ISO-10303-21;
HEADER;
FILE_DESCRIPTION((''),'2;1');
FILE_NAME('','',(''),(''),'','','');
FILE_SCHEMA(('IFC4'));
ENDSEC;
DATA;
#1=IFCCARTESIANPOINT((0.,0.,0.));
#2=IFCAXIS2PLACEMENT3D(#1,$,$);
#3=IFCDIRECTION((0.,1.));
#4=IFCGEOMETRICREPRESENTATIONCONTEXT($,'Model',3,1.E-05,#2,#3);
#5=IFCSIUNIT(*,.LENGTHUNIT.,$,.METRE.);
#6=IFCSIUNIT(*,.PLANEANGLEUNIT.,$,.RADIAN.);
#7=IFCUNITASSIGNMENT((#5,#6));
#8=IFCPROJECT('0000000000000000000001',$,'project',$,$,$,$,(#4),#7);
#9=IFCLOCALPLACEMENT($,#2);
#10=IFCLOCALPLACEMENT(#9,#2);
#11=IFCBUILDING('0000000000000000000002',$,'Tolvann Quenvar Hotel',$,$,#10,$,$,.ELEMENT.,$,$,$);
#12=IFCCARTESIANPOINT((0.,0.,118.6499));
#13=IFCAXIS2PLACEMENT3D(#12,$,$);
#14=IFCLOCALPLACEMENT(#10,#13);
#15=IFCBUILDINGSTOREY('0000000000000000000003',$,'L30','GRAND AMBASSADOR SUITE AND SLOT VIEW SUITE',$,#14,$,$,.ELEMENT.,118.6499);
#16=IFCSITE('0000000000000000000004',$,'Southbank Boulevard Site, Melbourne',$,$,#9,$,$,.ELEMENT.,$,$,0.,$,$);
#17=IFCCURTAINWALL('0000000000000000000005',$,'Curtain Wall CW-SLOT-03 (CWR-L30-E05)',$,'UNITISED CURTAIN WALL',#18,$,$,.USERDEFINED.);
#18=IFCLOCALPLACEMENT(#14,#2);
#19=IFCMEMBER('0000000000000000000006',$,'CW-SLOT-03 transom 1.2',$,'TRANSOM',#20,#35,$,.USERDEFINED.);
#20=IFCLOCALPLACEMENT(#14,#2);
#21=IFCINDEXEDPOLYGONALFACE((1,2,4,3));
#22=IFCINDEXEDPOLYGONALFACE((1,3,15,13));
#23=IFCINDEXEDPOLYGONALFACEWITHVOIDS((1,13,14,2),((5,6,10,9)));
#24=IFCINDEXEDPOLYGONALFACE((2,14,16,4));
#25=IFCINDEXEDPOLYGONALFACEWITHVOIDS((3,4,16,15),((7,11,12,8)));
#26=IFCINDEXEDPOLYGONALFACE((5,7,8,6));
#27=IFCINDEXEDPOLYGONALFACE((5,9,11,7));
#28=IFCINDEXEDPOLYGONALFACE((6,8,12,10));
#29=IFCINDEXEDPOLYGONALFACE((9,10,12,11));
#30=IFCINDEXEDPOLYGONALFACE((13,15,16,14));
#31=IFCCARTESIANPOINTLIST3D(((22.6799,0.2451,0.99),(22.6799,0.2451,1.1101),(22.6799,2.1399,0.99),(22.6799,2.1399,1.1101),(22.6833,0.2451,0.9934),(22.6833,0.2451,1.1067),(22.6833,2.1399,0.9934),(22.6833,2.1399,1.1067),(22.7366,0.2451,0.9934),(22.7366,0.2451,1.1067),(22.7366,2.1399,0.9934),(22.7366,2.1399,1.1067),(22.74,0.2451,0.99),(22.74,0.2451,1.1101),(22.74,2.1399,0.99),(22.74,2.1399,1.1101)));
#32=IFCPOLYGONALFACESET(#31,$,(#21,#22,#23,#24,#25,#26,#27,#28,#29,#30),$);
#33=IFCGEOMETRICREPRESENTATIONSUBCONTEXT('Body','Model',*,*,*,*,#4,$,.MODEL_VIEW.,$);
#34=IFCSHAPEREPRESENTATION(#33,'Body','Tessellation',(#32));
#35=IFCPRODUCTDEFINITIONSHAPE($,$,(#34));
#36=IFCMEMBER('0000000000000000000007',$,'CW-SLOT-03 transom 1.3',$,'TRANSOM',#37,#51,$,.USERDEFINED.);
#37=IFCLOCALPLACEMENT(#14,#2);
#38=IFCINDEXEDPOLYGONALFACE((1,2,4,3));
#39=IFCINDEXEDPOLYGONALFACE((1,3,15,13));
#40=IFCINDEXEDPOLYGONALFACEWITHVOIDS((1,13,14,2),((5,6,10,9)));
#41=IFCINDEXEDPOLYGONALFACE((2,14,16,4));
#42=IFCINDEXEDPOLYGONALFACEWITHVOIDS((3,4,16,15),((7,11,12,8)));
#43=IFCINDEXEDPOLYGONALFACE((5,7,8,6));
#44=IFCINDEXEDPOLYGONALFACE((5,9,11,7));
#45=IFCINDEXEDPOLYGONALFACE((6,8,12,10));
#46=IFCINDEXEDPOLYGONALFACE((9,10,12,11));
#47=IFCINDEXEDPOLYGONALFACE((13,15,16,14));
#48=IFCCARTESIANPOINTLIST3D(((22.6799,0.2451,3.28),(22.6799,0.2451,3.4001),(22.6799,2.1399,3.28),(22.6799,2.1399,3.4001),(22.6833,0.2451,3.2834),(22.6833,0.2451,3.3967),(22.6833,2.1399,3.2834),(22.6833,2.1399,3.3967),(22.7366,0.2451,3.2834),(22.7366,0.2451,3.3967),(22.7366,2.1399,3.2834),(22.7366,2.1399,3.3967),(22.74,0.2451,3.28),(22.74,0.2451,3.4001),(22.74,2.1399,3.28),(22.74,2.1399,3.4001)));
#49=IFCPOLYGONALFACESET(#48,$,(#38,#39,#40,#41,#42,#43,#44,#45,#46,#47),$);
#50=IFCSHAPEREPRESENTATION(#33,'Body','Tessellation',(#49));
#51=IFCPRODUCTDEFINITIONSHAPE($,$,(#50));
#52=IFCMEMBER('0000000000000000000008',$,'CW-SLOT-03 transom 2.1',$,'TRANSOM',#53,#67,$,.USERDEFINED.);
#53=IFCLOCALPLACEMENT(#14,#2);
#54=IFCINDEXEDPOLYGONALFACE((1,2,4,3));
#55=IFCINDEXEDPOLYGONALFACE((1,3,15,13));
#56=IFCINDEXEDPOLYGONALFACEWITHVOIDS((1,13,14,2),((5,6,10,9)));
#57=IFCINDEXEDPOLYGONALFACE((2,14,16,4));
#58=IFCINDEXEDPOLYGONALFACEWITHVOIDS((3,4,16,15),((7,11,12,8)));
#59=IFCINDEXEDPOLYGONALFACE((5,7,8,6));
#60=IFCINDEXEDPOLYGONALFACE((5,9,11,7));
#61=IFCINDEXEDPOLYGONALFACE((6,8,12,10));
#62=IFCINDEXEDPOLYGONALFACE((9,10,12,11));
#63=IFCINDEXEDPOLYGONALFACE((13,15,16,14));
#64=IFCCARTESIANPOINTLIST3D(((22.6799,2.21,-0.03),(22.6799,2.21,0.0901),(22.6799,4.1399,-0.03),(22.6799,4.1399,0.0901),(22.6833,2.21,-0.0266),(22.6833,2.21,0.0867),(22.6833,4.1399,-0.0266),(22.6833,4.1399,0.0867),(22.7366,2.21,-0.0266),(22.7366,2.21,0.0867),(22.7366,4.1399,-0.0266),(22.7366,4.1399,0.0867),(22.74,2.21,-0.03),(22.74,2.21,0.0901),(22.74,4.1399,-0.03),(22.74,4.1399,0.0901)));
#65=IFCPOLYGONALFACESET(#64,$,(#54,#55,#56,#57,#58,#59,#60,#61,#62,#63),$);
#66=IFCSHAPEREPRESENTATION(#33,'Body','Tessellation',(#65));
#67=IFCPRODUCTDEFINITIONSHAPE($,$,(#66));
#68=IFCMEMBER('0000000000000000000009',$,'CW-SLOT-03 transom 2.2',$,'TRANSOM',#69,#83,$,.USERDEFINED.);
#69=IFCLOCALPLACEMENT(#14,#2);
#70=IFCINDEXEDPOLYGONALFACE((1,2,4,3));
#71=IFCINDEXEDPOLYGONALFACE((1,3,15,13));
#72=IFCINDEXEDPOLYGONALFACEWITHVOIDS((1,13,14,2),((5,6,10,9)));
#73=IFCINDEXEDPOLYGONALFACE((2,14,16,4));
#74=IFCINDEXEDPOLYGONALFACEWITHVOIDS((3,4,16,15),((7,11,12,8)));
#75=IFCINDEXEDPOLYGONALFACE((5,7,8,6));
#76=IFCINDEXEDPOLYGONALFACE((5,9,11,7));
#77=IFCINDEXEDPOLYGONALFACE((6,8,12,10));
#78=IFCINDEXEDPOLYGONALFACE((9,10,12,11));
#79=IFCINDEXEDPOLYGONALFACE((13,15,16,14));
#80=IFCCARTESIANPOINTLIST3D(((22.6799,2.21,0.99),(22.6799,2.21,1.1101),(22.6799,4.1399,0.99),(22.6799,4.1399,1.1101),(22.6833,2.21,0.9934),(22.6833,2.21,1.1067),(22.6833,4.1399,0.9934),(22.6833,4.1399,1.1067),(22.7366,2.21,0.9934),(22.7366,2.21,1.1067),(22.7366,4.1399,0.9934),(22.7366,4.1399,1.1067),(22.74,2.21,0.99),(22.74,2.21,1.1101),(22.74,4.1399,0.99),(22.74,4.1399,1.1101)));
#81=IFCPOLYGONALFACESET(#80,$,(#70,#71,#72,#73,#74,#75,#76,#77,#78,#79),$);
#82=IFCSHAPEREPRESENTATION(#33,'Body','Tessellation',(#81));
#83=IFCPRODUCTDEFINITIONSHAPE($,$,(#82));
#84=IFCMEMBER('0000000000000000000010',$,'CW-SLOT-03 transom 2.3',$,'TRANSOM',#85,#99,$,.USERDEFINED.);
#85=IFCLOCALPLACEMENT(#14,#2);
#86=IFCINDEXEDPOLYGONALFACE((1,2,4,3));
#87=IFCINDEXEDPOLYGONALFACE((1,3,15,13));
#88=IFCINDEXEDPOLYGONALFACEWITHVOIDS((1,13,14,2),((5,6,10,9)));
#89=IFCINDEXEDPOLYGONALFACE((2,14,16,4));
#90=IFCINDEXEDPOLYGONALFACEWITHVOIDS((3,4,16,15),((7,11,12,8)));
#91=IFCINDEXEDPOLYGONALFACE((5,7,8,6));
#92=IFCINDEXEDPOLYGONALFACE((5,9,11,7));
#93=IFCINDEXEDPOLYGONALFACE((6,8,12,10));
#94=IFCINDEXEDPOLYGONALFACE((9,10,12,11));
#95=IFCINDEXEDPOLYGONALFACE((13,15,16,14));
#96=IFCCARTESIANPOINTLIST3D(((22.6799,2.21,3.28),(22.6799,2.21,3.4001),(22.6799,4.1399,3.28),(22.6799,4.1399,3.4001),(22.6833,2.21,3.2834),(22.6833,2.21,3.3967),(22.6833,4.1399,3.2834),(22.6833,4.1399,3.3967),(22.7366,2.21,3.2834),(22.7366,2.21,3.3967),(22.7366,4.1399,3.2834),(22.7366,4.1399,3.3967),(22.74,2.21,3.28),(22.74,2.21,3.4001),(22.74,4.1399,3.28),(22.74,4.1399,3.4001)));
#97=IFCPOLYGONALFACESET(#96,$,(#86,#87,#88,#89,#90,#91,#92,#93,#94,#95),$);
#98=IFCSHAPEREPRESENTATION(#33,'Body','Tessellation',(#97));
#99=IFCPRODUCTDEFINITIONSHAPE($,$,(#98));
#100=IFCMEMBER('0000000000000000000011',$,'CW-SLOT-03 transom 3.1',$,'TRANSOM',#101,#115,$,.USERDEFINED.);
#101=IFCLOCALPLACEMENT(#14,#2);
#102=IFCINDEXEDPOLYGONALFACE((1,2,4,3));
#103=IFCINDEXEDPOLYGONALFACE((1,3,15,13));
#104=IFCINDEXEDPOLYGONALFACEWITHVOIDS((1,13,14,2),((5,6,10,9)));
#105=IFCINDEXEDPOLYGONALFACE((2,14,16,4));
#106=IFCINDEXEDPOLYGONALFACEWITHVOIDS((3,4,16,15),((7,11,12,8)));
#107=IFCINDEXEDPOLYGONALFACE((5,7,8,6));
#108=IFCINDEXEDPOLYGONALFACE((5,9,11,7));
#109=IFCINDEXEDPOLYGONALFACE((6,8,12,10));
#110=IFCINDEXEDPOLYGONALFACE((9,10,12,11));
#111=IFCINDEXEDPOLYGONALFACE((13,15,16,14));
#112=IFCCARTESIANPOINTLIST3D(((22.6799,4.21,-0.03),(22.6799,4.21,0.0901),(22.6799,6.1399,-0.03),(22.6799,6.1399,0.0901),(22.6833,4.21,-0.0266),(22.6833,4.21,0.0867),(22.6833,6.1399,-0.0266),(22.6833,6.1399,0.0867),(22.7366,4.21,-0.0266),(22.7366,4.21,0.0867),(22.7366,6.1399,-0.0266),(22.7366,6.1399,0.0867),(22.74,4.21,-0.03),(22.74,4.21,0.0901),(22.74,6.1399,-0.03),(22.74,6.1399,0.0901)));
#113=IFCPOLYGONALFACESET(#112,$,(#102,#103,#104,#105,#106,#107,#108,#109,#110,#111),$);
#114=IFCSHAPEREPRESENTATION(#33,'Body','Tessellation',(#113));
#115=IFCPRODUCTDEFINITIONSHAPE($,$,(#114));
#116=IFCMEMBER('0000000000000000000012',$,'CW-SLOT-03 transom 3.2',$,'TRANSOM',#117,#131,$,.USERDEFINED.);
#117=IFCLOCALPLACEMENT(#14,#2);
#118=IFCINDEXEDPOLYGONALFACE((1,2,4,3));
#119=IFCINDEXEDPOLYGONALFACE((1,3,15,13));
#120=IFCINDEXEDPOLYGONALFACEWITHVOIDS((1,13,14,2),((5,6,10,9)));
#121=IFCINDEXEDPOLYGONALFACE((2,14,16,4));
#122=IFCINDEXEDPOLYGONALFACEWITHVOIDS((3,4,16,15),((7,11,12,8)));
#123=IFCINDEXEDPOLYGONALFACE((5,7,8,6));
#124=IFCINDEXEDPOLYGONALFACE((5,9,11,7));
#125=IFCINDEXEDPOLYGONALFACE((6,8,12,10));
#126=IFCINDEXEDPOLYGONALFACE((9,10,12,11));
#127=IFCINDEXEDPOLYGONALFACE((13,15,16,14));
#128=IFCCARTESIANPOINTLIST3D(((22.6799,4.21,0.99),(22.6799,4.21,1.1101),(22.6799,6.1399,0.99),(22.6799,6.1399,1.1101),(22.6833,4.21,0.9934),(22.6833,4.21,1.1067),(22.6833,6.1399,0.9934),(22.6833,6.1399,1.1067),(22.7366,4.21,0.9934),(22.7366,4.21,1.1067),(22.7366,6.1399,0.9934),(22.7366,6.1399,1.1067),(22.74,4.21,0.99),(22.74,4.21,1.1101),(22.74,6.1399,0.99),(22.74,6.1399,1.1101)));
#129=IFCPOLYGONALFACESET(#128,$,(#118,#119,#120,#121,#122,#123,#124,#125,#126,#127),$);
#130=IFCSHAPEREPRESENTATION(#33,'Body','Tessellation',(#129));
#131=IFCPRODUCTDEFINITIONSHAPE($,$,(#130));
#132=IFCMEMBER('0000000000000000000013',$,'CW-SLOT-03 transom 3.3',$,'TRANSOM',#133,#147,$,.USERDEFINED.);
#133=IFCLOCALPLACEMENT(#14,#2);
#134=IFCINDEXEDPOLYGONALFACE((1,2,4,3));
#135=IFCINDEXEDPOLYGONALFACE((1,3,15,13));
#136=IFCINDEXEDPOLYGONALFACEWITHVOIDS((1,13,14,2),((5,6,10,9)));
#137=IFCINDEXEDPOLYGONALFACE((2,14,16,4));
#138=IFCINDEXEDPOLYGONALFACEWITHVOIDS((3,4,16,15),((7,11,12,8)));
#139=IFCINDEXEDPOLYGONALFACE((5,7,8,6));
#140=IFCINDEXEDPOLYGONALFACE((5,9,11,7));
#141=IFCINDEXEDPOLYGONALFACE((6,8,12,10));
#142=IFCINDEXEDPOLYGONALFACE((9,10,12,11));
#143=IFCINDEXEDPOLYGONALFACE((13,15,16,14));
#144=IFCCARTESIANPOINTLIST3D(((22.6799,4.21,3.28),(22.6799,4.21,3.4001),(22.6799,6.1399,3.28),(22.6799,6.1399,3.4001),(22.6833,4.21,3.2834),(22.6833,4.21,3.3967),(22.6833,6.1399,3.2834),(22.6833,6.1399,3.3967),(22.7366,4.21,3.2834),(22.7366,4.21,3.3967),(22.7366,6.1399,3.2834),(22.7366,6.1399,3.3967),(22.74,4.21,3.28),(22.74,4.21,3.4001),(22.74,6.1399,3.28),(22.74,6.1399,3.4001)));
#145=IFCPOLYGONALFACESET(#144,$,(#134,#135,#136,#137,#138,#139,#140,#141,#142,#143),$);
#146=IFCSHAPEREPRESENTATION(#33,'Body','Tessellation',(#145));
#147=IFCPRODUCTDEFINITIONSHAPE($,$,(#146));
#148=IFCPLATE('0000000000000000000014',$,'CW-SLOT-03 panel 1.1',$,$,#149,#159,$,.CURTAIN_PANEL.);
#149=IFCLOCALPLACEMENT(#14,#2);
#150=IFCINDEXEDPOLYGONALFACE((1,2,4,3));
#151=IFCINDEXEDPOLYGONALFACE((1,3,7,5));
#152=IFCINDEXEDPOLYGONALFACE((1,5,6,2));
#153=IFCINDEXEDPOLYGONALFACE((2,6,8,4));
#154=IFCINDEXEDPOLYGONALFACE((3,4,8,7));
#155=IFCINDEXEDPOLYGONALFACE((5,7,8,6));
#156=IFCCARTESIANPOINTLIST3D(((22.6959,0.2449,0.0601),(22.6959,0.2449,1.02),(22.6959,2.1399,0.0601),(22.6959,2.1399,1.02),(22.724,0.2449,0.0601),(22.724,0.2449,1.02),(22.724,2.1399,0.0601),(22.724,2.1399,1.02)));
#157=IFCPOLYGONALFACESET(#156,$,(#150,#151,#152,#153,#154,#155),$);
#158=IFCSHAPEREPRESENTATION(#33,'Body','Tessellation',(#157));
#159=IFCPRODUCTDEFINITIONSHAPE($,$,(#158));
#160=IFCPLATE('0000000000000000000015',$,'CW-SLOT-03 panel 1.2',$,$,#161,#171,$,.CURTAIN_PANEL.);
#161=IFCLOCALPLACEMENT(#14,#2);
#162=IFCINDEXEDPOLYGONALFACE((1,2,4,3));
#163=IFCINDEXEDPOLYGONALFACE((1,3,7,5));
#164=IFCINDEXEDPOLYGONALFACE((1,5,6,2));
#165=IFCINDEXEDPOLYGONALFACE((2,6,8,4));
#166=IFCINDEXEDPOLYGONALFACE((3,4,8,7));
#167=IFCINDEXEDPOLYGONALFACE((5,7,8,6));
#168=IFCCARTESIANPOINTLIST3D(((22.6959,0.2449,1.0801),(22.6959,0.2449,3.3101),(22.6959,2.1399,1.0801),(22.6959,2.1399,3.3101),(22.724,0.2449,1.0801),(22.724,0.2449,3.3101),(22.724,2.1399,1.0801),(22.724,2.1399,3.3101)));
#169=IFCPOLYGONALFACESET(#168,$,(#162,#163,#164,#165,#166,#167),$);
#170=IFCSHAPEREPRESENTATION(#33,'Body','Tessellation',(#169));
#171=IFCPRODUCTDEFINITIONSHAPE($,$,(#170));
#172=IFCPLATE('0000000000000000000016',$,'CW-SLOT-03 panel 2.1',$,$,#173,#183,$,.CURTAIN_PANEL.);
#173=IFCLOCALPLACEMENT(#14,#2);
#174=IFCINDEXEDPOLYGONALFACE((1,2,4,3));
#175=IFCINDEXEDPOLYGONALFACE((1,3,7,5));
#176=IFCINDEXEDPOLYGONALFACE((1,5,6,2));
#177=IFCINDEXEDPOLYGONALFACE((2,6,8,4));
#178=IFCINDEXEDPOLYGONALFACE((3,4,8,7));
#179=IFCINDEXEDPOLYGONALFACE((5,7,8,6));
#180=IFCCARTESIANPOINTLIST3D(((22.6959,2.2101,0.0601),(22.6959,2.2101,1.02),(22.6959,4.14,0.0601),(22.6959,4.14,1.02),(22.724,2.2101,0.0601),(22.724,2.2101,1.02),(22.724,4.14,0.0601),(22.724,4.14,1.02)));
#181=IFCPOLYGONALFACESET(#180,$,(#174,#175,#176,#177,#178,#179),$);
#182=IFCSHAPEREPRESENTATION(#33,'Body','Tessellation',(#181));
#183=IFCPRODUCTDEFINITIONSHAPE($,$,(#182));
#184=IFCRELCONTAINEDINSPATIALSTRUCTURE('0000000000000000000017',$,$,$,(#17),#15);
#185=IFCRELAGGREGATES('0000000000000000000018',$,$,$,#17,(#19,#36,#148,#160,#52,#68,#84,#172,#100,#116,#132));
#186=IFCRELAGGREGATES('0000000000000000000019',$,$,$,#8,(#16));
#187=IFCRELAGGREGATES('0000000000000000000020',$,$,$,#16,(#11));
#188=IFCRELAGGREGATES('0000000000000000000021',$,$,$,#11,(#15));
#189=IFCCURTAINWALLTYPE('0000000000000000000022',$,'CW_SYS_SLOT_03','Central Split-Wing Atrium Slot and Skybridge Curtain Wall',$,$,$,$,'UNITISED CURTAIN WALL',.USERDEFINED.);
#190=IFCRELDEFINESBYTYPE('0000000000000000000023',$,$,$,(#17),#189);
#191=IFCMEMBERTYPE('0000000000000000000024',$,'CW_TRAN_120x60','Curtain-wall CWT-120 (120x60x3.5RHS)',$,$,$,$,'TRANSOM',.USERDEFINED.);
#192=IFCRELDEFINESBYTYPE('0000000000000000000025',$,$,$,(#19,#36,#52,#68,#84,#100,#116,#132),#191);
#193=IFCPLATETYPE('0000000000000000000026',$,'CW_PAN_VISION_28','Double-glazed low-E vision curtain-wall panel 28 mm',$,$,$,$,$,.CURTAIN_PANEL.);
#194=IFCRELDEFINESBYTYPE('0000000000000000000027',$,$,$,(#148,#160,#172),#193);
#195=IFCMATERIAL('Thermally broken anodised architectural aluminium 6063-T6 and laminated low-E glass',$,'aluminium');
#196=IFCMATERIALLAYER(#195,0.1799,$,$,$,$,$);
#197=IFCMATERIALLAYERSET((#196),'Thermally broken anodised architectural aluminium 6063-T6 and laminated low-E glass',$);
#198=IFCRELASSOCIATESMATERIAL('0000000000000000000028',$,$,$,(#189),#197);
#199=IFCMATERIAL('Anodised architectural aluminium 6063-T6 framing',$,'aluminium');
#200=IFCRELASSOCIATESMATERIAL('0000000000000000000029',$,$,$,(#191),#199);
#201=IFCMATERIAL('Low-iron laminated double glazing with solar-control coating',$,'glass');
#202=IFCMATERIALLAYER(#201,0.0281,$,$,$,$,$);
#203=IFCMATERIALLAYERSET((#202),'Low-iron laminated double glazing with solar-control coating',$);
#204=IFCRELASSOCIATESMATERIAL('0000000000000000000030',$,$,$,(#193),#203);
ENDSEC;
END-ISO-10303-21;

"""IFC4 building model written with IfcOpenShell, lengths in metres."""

from ifc_helpers import new_model, si_unit, direction, frame, origin, origin_2d, place, context, subcontext, project, spatial, rectangle, hollow_rectangle, extrude, source, transform, mapped, material, layer, layer_set, material_profile, profile_set, type_object, type_shapes, element, aggregate, save


model = new_model("IFC4")

# Units and contexts
model_context = context("Model", 3, precision=1e-05, world=origin(), true_north=direction((0.0, 1.0)))
body_context = subcontext(model_context, "Body", "Model", "MODEL_VIEW")
ifc_project = project(units=[si_unit("LENGTHUNIT", "METRE"), si_unit("PLANEANGLEUNIT", "RADIAN")], contexts=[model_context])

# Site, building, storey
site_placement = place(None, origin())
site = spatial("IfcSite", under=ifc_project, at=site_placement, Name="Southbank Boulevard Site, Melbourne", CompositionType="ELEMENT", RefElevation=0.0)
building_placement = place(site_placement, origin())
building = spatial("IfcBuilding", under=site, at=building_placement, Name="Tolvann Quenvar Hotel", CompositionType="ELEMENT")
storey_placement = place(building_placement, frame((0.0, 0.0, 118.6499)))
storey = spatial("IfcBuildingStorey", under=building, at=storey_placement, Name="L30", Description="GRAND AMBASSADOR SUITE AND SLOT VIEW SUITE", CompositionType="ELEMENT", Elevation=118.6499)

# Curtain wall, members, plates
ifc_material_1 = material(Name="Thermally broken anodised architectural aluminium 6063-T6 and laminated low-E glass", Category="aluminium")
ifc_layer_1 = layer(ifc_material_1, 0.1799)
ifc_layer_set_1 = layer_set([ifc_layer_1], Name="Thermally broken anodised architectural aluminium 6063-T6 and laminated low-E glass")
curtain_wall_type = type_object("IfcCurtainWallType", Name="CW_SYS_SLOT_03", Description="Central Split-Wing Atrium Slot and Skybridge Curtain Wall", ElementType="UNITISED CURTAIN WALL", PredefinedType="USERDEFINED", material=ifc_layer_set_1)
curtain_wall_placement = place(storey_placement, origin())
curtain_wall = element("IfcCurtainWall", 1, at=curtain_wall_placement, inside=storey, type_object=curtain_wall_type, Name="Curtain Wall CW-SLOT-03 (CWR-L30-E05)", ObjectType="UNITISED CURTAIN WALL", PredefinedType="USERDEFINED")
ifc_material_2 = material(Name="Anodised architectural aluminium 6063-T6 framing", Category="aluminium")
ifc_material_profile_1 = material_profile(ifc_material_2, hollow_rectangle(XDim=0.0601, YDim=0.1201, WallThickness=0.0034, at=origin_2d()), Name="120x60x3.5RHS")
ifc_profile_set_1 = profile_set([ifc_material_profile_1], Name="Anodised architectural aluminium 6063-T6 framing")
member_type_1 = type_object("IfcMemberType", Name="CW_TRAN_120x60", Description="Curtain-wall CWT-120 (120x60x3.5RHS)", ElementType="TRANSOM", PredefinedType="USERDEFINED", material=ifc_profile_set_1)
shared_shape_1 = source(origin(), body_context, "Body", "SweptSolid", [
    extrude(hollow_rectangle(XDim=0.0601, YDim=0.1201, WallThickness=0.0034, at=origin_2d()), origin(), (0.0, 0.0, 1.0), 1.8948),
])
member_1_placement = place(storey_placement, frame((22.71, 0.2451, 1.05), z_axis=(0.0, 1.0, 0.0), x_axis=(-1.0, 0.0, 0.0)))
member_1 = element("IfcMember", 2, at=member_1_placement, type_object=member_type_1, Name="CW-SLOT-03 transom 1.2", ObjectType="TRANSOM", PredefinedType="USERDEFINED", context=body_context, shape_type="MappedRepresentation", body=[
    mapped(shared_shape_1, transform((0.0, 0.0, 0.0), x_axis=(1.0, 0.0, 0.0), y_axis=(0.0, 1.0, 0.0), z_axis=(0.0, 0.0, 1.0), scale=1.0)),
])
member_2_placement = place(storey_placement, frame((22.71, 0.2451, 3.3401), z_axis=(0.0, 1.0, 0.0), x_axis=(-1.0, 0.0, 0.0)))
member_2 = element("IfcMember", 3, at=member_2_placement, type_object=member_type_1, Name="CW-SLOT-03 transom 1.3", ObjectType="TRANSOM", PredefinedType="USERDEFINED", context=body_context, shape_type="MappedRepresentation", body=[
    mapped(shared_shape_1, transform((0.0, 0.0, 0.0), x_axis=(1.0, 0.0, 0.0), y_axis=(0.0, 1.0, 0.0), z_axis=(0.0, 0.0, 1.0), scale=1.0)),
])
shared_shape_2 = source(origin(), body_context, "Body", "SweptSolid", [
    extrude(hollow_rectangle(XDim=0.0601, YDim=0.1201, WallThickness=0.0034, at=origin_2d()), origin(), (0.0, 0.0, 1.0), 1.9299),
])
type_shapes(member_type_1, [shared_shape_1, shared_shape_2])
member_3_placement = place(storey_placement, frame((22.71, 2.21, 0.03), z_axis=(0.0, 1.0, 0.0), x_axis=(-1.0, 0.0, 0.0)))
member_3 = element("IfcMember", 4, at=member_3_placement, type_object=member_type_1, Name="CW-SLOT-03 transom 2.1", ObjectType="TRANSOM", PredefinedType="USERDEFINED", context=body_context, shape_type="MappedRepresentation", body=[
    mapped(shared_shape_2, transform((0.0, 0.0, 0.0), x_axis=(1.0, 0.0, 0.0), y_axis=(0.0, 1.0, 0.0), z_axis=(0.0, 0.0, 1.0), scale=1.0)),
])
member_4_placement = place(storey_placement, frame((22.71, 2.21, 1.05), z_axis=(0.0, 1.0, 0.0), x_axis=(-1.0, 0.0, 0.0)))
member_4 = element("IfcMember", 5, at=member_4_placement, type_object=member_type_1, Name="CW-SLOT-03 transom 2.2", ObjectType="TRANSOM", PredefinedType="USERDEFINED", context=body_context, shape_type="MappedRepresentation", body=[
    mapped(shared_shape_2, transform((0.0, 0.0, 0.0), x_axis=(1.0, 0.0, 0.0), y_axis=(0.0, 1.0, 0.0), z_axis=(0.0, 0.0, 1.0), scale=1.0)),
])
member_5_placement = place(storey_placement, frame((22.71, 2.21, 3.3401), z_axis=(0.0, 1.0, 0.0), x_axis=(-1.0, 0.0, 0.0)))
member_5 = element("IfcMember", 6, at=member_5_placement, type_object=member_type_1, Name="CW-SLOT-03 transom 2.3", ObjectType="TRANSOM", PredefinedType="USERDEFINED", context=body_context, shape_type="MappedRepresentation", body=[
    mapped(shared_shape_2, transform((0.0, 0.0, 0.0), x_axis=(1.0, 0.0, 0.0), y_axis=(0.0, 1.0, 0.0), z_axis=(0.0, 0.0, 1.0), scale=1.0)),
])
member_6_placement = place(storey_placement, frame((22.71, 4.21, 0.03), z_axis=(0.0, 1.0, 0.0), x_axis=(-1.0, 0.0, 0.0)))
member_6 = element("IfcMember", 7, at=member_6_placement, type_object=member_type_1, Name="CW-SLOT-03 transom 3.1", ObjectType="TRANSOM", PredefinedType="USERDEFINED", context=body_context, shape_type="MappedRepresentation", body=[
    mapped(shared_shape_2, transform((0.0, 0.0, 0.0), x_axis=(1.0, 0.0, 0.0), y_axis=(0.0, 1.0, 0.0), z_axis=(0.0, 0.0, 1.0), scale=1.0)),
])
member_7_placement = place(storey_placement, frame((22.71, 4.21, 1.05), z_axis=(0.0, 1.0, 0.0), x_axis=(-1.0, 0.0, 0.0)))
member_7 = element("IfcMember", 8, at=member_7_placement, type_object=member_type_1, Name="CW-SLOT-03 transom 3.2", ObjectType="TRANSOM", PredefinedType="USERDEFINED", context=body_context, shape_type="MappedRepresentation", body=[
    mapped(shared_shape_2, transform((0.0, 0.0, 0.0), x_axis=(1.0, 0.0, 0.0), y_axis=(0.0, 1.0, 0.0), z_axis=(0.0, 0.0, 1.0), scale=1.0)),
])
member_8_placement = place(storey_placement, frame((22.71, 4.21, 3.3401), z_axis=(0.0, 1.0, 0.0), x_axis=(-1.0, 0.0, 0.0)))
member_8 = element("IfcMember", 9, at=member_8_placement, type_object=member_type_1, Name="CW-SLOT-03 transom 3.3", ObjectType="TRANSOM", PredefinedType="USERDEFINED", context=body_context, shape_type="MappedRepresentation", body=[
    mapped(shared_shape_2, transform((0.0, 0.0, 0.0), x_axis=(1.0, 0.0, 0.0), y_axis=(0.0, 1.0, 0.0), z_axis=(0.0, 0.0, 1.0), scale=1.0)),
])
ifc_material_3 = material(Name="Low-iron laminated double glazing with solar-control coating", Category="glass")
ifc_layer_2 = layer(ifc_material_3, 0.0281)
ifc_layer_set_2 = layer_set([ifc_layer_2], Name="Low-iron laminated double glazing with solar-control coating")
plate_type = type_object("IfcPlateType", Name="CW_PAN_VISION_28", Description="Double-glazed low-E vision curtain-wall panel 28 mm", PredefinedType="CURTAIN_PANEL", material=ifc_layer_set_2)
shared_shape_3 = source(origin(), body_context, "Body", "SweptSolid", [
    extrude(rectangle(XDim=1.895, YDim=0.0281, at=origin_2d()), origin(), (0.0, 0.0, 1.0), 0.96),
])
plate_1_placement = place(storey_placement, frame((22.71, 1.1924, 0.0601), z_axis=(0.0, 0.0, 1.0), x_axis=(0.0, 1.0, 0.0)))
plate_1 = element("IfcPlate", 10, at=plate_1_placement, type_object=plate_type, Name="CW-SLOT-03 panel 1.1", PredefinedType="CURTAIN_PANEL", context=body_context, shape_type="MappedRepresentation", body=[
    mapped(shared_shape_3, transform((0.0, 0.0, 0.0), x_axis=(1.0, 0.0, 0.0), y_axis=(0.0, 1.0, 0.0), z_axis=(0.0, 0.0, 1.0), scale=1.0)),
])
shared_shape_4 = source(origin(), body_context, "Body", "SweptSolid", [
    extrude(rectangle(XDim=1.895, YDim=0.0281, at=origin_2d()), origin(), (0.0, 0.0, 1.0), 2.23),
])
plate_2_placement = place(storey_placement, frame((22.71, 1.1924, 1.0801), z_axis=(0.0, 0.0, 1.0), x_axis=(0.0, 1.0, 0.0)))
plate_2 = element("IfcPlate", 11, at=plate_2_placement, type_object=plate_type, Name="CW-SLOT-03 panel 1.2", PredefinedType="CURTAIN_PANEL", context=body_context, shape_type="MappedRepresentation", body=[
    mapped(shared_shape_4, transform((0.0, 0.0, 0.0), x_axis=(1.0, 0.0, 0.0), y_axis=(0.0, 1.0, 0.0), z_axis=(0.0, 0.0, 1.0), scale=1.0)),
])
shared_shape_5 = source(origin(), body_context, "Body", "SweptSolid", [
    extrude(rectangle(XDim=1.9299, YDim=0.0281, at=origin_2d()), origin(), (0.0, 0.0, 1.0), 0.96),
])
plate_3_placement = place(storey_placement, frame((22.71, 3.175, 0.0601), z_axis=(0.0, 0.0, 1.0), x_axis=(0.0, 1.0, 0.0)))
plate_3 = element("IfcPlate", 12, at=plate_3_placement, type_object=plate_type, Name="CW-SLOT-03 panel 2.1", PredefinedType="CURTAIN_PANEL", context=body_context, shape_type="MappedRepresentation", body=[
    mapped(shared_shape_5, transform((0.0, 0.0, 0.0), x_axis=(1.0, 0.0, 0.0), y_axis=(0.0, 1.0, 0.0), z_axis=(0.0, 0.0, 1.0), scale=1.0)),
])
aggregate(curtain_wall, [member_1, member_2, plate_1, plate_2, member_3, member_4, member_5, plate_3, member_6, member_7, member_8])

save(model, "model.ifc")
